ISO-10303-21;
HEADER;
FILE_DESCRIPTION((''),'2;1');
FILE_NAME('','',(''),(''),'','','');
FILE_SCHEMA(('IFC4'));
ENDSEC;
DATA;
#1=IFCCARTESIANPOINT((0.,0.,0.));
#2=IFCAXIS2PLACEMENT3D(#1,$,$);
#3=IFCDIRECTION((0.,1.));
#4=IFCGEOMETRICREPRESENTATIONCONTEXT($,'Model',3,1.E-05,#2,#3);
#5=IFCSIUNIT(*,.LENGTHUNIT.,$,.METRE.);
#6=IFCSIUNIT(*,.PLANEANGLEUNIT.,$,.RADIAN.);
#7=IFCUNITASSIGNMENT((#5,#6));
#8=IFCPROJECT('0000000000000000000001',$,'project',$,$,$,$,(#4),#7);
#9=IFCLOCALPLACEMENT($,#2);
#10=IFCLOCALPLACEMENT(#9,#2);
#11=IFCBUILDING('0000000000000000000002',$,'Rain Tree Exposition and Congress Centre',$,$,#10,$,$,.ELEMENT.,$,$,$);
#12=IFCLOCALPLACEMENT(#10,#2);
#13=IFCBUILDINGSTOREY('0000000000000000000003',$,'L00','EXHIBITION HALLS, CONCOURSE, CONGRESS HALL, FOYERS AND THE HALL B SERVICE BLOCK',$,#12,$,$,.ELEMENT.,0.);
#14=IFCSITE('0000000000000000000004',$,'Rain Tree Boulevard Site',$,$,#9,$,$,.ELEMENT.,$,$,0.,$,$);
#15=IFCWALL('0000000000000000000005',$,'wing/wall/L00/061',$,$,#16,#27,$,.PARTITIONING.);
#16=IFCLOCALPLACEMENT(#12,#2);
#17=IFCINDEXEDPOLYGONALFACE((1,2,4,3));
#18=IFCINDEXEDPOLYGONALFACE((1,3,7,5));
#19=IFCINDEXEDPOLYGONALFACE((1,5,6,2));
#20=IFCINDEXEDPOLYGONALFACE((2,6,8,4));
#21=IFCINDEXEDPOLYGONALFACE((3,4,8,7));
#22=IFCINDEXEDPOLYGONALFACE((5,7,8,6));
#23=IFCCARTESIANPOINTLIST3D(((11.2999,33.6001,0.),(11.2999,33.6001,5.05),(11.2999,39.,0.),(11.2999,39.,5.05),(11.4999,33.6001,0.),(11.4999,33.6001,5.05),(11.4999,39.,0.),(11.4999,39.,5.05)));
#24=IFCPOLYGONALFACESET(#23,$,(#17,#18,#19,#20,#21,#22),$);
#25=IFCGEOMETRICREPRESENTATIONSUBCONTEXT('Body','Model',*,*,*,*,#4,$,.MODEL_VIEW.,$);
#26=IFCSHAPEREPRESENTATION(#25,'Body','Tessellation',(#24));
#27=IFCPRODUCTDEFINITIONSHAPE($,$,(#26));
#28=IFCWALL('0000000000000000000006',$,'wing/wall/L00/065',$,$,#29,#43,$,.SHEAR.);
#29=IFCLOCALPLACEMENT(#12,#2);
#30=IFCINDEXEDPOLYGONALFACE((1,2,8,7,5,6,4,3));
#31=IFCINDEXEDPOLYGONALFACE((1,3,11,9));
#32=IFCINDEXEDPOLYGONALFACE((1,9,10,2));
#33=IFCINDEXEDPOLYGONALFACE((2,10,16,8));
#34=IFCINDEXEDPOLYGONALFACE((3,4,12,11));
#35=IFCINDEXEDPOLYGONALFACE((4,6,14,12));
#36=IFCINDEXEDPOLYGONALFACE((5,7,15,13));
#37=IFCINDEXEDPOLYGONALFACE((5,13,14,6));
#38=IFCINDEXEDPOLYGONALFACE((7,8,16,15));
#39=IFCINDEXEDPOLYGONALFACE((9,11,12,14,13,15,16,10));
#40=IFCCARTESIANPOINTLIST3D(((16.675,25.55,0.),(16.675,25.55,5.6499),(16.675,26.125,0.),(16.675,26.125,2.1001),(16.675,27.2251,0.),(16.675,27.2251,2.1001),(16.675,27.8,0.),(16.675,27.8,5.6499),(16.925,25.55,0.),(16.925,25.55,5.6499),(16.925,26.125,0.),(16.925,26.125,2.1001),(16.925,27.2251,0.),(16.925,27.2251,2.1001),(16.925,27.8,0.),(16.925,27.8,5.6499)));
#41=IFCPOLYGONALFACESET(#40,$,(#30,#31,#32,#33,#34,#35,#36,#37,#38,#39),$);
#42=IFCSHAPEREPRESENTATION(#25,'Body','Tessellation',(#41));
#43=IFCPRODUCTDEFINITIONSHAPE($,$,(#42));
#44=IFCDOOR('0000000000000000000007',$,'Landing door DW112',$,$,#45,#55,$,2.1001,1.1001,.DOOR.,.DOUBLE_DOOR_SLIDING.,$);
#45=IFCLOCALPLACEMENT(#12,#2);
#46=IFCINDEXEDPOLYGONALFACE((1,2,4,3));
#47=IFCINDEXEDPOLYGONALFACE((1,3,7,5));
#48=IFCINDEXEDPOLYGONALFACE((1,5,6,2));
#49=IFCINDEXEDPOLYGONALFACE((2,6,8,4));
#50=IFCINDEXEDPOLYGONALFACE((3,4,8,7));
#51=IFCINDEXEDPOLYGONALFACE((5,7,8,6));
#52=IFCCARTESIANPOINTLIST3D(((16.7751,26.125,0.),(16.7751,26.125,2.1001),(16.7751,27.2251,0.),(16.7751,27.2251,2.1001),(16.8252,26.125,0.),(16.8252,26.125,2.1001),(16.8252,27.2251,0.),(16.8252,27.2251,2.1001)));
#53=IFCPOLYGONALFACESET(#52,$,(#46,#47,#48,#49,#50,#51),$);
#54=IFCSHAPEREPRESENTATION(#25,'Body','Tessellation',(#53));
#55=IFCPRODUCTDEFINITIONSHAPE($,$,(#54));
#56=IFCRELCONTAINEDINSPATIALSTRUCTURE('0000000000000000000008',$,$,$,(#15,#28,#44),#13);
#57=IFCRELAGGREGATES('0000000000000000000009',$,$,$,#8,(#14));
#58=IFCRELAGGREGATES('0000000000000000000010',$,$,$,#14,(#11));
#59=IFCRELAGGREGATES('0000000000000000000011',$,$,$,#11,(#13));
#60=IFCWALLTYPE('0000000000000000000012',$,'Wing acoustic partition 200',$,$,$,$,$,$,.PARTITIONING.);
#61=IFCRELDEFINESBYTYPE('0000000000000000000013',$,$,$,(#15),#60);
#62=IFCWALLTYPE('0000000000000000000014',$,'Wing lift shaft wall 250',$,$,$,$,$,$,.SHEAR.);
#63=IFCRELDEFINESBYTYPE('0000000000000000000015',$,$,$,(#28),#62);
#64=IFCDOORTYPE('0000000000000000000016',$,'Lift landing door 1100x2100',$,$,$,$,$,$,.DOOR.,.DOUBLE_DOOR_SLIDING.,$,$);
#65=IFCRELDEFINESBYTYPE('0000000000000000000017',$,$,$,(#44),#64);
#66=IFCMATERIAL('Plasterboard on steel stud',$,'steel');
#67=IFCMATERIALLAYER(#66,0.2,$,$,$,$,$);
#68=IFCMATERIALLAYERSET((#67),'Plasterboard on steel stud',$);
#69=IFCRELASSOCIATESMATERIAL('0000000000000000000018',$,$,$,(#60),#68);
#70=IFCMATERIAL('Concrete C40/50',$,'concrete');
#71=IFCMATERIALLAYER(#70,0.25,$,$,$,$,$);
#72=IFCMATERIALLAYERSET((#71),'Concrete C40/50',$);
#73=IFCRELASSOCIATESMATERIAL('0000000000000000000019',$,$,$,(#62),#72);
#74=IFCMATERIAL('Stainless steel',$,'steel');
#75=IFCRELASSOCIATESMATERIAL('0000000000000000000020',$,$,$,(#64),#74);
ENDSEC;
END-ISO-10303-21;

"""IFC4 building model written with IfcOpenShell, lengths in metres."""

from ifc_helpers import new_model, si_unit, direction, frame, frame_2d, origin, place, context, subcontext, project, spatial, rectangle, extrude, material, layer, layer_set, type_object, element, fill, save


model = new_model("IFC4")

# Units and contexts
model_context = context("Model", 3, precision=1e-05, world=origin(), true_north=direction((0.0, 1.0)))
body_context = subcontext(model_context, "Body", "Model", "MODEL_VIEW")
ifc_project = project(units=[si_unit("LENGTHUNIT", "METRE"), si_unit("PLANEANGLEUNIT", "RADIAN")], contexts=[model_context])

# Site, building, storey
site_placement = place(None, origin())
site = spatial("IfcSite", under=ifc_project, at=site_placement, Name="Rain Tree Boulevard Site", CompositionType="ELEMENT", RefElevation=0.0)
building_placement = place(site_placement, origin())
building = spatial("IfcBuilding", under=site, at=building_placement, Name="Rain Tree Exposition and Congress Centre", CompositionType="ELEMENT")
storey_placement = place(building_placement, origin())
storey = spatial("IfcBuildingStorey", under=building, at=storey_placement, Name="L00", Description="EXHIBITION HALLS, CONCOURSE, CONGRESS HALL, FOYERS AND THE HALL B SERVICE BLOCK", CompositionType="ELEMENT", Elevation=0.0)

# Shared definitions
ifc_material_1 = material(Name="Plasterboard on steel stud", Category="steel")
ifc_layer_1 = layer(ifc_material_1, 0.2)
ifc_layer_set_1 = layer_set([ifc_layer_1], Name="Plasterboard on steel stud")
wall_type_1 = type_object("IfcWallType", Name="Wing acoustic partition 200", PredefinedType="PARTITIONING", material=ifc_layer_set_1)

# Wall
wall_1_placement = place(storey_placement, frame((11.3999, 33.6001, 0.0), z_axis=(0.0, 0.0, 1.0), x_axis=(0.0, 1.0, 0.0)))
element("IfcWall", 1, at=wall_1_placement, inside=storey, type_object=wall_type_1, Name="wing/wall/L00/061", PredefinedType="PARTITIONING", context=body_context, shape_type="SweptSolid", body=[
    extrude(rectangle(XDim=5.3999, YDim=0.2, at=frame_2d((2.7, 0.0))), origin(), (0.0, 0.0, 1.0), 5.05),
])

# Wall, opening, door
ifc_material_2 = material(Name="Concrete C40/50", Category="concrete")
ifc_layer_2 = layer(ifc_material_2, 0.25)
ifc_layer_set_2 = layer_set([ifc_layer_2], Name="Concrete C40/50")
wall_type_2 = type_object("IfcWallType", Name="Wing lift shaft wall 250", PredefinedType="SHEAR", material=ifc_layer_set_2)
wall_2_placement = place(storey_placement, frame((16.8, 25.55, 0.0), z_axis=(0.0, 0.0, 1.0), x_axis=(0.0, 1.0, 0.0)))
wall_2 = element("IfcWall", 2, at=wall_2_placement, inside=storey, type_object=wall_type_2, Name="wing/wall/L00/065", PredefinedType="SHEAR", context=body_context, shape_type="SweptSolid", body=[
    extrude(rectangle(XDim=2.25, YDim=0.25, at=frame_2d((1.125, 0.0))), origin(), (0.0, 0.0, 1.0), 5.6499),
])
opening_1_placement = place(wall_2_placement, frame((0.575, 0.0, 0.0)))
opening_1 = element("IfcOpeningElement", 3, at=opening_1_placement, cuts=wall_2, PredefinedType="OPENING", context=body_context, shape_type="SweptSolid", body=[
    extrude(rectangle(XDim=1.1001, YDim=2.1001, at=frame_2d((0.55, 1.05))), frame((0.0, 0.125, 0.0), z_axis=(0.0, -1.0, 0.0), x_axis=(1.0, 0.0, 0.0)), (0.0, 0.0, 1.0), 0.25),
])
ifc_material_3 = material(Name="Stainless steel", Category="steel")
door_type_1 = type_object("IfcDoorType", Name="Lift landing door 1100x2100", OperationType="DOUBLE_DOOR_SLIDING", PredefinedType="DOOR", material=ifc_material_3)
door_1_placement = place(opening_1_placement, origin())
door_1 = element("IfcDoor", 4, at=door_1_placement, inside=storey, type_object=door_type_1, Name="Landing door DW112", OperationType="DOUBLE_DOOR_SLIDING", OverallHeight=2.1001, OverallWidth=1.1001, PredefinedType="DOOR", context=body_context, shape_type="SweptSolid", body=[
    extrude(rectangle(XDim=1.1001, YDim=2.1001, at=frame_2d((0.55, 1.05))), frame((0.0, 0.0249, 0.0), z_axis=(0.0, -1.0, 0.0), x_axis=(1.0, 0.0, 0.0)), (0.0, 0.0, 1.0), 0.05),
])
fill(opening_1, door_1)

save(model, "model.ifc")
